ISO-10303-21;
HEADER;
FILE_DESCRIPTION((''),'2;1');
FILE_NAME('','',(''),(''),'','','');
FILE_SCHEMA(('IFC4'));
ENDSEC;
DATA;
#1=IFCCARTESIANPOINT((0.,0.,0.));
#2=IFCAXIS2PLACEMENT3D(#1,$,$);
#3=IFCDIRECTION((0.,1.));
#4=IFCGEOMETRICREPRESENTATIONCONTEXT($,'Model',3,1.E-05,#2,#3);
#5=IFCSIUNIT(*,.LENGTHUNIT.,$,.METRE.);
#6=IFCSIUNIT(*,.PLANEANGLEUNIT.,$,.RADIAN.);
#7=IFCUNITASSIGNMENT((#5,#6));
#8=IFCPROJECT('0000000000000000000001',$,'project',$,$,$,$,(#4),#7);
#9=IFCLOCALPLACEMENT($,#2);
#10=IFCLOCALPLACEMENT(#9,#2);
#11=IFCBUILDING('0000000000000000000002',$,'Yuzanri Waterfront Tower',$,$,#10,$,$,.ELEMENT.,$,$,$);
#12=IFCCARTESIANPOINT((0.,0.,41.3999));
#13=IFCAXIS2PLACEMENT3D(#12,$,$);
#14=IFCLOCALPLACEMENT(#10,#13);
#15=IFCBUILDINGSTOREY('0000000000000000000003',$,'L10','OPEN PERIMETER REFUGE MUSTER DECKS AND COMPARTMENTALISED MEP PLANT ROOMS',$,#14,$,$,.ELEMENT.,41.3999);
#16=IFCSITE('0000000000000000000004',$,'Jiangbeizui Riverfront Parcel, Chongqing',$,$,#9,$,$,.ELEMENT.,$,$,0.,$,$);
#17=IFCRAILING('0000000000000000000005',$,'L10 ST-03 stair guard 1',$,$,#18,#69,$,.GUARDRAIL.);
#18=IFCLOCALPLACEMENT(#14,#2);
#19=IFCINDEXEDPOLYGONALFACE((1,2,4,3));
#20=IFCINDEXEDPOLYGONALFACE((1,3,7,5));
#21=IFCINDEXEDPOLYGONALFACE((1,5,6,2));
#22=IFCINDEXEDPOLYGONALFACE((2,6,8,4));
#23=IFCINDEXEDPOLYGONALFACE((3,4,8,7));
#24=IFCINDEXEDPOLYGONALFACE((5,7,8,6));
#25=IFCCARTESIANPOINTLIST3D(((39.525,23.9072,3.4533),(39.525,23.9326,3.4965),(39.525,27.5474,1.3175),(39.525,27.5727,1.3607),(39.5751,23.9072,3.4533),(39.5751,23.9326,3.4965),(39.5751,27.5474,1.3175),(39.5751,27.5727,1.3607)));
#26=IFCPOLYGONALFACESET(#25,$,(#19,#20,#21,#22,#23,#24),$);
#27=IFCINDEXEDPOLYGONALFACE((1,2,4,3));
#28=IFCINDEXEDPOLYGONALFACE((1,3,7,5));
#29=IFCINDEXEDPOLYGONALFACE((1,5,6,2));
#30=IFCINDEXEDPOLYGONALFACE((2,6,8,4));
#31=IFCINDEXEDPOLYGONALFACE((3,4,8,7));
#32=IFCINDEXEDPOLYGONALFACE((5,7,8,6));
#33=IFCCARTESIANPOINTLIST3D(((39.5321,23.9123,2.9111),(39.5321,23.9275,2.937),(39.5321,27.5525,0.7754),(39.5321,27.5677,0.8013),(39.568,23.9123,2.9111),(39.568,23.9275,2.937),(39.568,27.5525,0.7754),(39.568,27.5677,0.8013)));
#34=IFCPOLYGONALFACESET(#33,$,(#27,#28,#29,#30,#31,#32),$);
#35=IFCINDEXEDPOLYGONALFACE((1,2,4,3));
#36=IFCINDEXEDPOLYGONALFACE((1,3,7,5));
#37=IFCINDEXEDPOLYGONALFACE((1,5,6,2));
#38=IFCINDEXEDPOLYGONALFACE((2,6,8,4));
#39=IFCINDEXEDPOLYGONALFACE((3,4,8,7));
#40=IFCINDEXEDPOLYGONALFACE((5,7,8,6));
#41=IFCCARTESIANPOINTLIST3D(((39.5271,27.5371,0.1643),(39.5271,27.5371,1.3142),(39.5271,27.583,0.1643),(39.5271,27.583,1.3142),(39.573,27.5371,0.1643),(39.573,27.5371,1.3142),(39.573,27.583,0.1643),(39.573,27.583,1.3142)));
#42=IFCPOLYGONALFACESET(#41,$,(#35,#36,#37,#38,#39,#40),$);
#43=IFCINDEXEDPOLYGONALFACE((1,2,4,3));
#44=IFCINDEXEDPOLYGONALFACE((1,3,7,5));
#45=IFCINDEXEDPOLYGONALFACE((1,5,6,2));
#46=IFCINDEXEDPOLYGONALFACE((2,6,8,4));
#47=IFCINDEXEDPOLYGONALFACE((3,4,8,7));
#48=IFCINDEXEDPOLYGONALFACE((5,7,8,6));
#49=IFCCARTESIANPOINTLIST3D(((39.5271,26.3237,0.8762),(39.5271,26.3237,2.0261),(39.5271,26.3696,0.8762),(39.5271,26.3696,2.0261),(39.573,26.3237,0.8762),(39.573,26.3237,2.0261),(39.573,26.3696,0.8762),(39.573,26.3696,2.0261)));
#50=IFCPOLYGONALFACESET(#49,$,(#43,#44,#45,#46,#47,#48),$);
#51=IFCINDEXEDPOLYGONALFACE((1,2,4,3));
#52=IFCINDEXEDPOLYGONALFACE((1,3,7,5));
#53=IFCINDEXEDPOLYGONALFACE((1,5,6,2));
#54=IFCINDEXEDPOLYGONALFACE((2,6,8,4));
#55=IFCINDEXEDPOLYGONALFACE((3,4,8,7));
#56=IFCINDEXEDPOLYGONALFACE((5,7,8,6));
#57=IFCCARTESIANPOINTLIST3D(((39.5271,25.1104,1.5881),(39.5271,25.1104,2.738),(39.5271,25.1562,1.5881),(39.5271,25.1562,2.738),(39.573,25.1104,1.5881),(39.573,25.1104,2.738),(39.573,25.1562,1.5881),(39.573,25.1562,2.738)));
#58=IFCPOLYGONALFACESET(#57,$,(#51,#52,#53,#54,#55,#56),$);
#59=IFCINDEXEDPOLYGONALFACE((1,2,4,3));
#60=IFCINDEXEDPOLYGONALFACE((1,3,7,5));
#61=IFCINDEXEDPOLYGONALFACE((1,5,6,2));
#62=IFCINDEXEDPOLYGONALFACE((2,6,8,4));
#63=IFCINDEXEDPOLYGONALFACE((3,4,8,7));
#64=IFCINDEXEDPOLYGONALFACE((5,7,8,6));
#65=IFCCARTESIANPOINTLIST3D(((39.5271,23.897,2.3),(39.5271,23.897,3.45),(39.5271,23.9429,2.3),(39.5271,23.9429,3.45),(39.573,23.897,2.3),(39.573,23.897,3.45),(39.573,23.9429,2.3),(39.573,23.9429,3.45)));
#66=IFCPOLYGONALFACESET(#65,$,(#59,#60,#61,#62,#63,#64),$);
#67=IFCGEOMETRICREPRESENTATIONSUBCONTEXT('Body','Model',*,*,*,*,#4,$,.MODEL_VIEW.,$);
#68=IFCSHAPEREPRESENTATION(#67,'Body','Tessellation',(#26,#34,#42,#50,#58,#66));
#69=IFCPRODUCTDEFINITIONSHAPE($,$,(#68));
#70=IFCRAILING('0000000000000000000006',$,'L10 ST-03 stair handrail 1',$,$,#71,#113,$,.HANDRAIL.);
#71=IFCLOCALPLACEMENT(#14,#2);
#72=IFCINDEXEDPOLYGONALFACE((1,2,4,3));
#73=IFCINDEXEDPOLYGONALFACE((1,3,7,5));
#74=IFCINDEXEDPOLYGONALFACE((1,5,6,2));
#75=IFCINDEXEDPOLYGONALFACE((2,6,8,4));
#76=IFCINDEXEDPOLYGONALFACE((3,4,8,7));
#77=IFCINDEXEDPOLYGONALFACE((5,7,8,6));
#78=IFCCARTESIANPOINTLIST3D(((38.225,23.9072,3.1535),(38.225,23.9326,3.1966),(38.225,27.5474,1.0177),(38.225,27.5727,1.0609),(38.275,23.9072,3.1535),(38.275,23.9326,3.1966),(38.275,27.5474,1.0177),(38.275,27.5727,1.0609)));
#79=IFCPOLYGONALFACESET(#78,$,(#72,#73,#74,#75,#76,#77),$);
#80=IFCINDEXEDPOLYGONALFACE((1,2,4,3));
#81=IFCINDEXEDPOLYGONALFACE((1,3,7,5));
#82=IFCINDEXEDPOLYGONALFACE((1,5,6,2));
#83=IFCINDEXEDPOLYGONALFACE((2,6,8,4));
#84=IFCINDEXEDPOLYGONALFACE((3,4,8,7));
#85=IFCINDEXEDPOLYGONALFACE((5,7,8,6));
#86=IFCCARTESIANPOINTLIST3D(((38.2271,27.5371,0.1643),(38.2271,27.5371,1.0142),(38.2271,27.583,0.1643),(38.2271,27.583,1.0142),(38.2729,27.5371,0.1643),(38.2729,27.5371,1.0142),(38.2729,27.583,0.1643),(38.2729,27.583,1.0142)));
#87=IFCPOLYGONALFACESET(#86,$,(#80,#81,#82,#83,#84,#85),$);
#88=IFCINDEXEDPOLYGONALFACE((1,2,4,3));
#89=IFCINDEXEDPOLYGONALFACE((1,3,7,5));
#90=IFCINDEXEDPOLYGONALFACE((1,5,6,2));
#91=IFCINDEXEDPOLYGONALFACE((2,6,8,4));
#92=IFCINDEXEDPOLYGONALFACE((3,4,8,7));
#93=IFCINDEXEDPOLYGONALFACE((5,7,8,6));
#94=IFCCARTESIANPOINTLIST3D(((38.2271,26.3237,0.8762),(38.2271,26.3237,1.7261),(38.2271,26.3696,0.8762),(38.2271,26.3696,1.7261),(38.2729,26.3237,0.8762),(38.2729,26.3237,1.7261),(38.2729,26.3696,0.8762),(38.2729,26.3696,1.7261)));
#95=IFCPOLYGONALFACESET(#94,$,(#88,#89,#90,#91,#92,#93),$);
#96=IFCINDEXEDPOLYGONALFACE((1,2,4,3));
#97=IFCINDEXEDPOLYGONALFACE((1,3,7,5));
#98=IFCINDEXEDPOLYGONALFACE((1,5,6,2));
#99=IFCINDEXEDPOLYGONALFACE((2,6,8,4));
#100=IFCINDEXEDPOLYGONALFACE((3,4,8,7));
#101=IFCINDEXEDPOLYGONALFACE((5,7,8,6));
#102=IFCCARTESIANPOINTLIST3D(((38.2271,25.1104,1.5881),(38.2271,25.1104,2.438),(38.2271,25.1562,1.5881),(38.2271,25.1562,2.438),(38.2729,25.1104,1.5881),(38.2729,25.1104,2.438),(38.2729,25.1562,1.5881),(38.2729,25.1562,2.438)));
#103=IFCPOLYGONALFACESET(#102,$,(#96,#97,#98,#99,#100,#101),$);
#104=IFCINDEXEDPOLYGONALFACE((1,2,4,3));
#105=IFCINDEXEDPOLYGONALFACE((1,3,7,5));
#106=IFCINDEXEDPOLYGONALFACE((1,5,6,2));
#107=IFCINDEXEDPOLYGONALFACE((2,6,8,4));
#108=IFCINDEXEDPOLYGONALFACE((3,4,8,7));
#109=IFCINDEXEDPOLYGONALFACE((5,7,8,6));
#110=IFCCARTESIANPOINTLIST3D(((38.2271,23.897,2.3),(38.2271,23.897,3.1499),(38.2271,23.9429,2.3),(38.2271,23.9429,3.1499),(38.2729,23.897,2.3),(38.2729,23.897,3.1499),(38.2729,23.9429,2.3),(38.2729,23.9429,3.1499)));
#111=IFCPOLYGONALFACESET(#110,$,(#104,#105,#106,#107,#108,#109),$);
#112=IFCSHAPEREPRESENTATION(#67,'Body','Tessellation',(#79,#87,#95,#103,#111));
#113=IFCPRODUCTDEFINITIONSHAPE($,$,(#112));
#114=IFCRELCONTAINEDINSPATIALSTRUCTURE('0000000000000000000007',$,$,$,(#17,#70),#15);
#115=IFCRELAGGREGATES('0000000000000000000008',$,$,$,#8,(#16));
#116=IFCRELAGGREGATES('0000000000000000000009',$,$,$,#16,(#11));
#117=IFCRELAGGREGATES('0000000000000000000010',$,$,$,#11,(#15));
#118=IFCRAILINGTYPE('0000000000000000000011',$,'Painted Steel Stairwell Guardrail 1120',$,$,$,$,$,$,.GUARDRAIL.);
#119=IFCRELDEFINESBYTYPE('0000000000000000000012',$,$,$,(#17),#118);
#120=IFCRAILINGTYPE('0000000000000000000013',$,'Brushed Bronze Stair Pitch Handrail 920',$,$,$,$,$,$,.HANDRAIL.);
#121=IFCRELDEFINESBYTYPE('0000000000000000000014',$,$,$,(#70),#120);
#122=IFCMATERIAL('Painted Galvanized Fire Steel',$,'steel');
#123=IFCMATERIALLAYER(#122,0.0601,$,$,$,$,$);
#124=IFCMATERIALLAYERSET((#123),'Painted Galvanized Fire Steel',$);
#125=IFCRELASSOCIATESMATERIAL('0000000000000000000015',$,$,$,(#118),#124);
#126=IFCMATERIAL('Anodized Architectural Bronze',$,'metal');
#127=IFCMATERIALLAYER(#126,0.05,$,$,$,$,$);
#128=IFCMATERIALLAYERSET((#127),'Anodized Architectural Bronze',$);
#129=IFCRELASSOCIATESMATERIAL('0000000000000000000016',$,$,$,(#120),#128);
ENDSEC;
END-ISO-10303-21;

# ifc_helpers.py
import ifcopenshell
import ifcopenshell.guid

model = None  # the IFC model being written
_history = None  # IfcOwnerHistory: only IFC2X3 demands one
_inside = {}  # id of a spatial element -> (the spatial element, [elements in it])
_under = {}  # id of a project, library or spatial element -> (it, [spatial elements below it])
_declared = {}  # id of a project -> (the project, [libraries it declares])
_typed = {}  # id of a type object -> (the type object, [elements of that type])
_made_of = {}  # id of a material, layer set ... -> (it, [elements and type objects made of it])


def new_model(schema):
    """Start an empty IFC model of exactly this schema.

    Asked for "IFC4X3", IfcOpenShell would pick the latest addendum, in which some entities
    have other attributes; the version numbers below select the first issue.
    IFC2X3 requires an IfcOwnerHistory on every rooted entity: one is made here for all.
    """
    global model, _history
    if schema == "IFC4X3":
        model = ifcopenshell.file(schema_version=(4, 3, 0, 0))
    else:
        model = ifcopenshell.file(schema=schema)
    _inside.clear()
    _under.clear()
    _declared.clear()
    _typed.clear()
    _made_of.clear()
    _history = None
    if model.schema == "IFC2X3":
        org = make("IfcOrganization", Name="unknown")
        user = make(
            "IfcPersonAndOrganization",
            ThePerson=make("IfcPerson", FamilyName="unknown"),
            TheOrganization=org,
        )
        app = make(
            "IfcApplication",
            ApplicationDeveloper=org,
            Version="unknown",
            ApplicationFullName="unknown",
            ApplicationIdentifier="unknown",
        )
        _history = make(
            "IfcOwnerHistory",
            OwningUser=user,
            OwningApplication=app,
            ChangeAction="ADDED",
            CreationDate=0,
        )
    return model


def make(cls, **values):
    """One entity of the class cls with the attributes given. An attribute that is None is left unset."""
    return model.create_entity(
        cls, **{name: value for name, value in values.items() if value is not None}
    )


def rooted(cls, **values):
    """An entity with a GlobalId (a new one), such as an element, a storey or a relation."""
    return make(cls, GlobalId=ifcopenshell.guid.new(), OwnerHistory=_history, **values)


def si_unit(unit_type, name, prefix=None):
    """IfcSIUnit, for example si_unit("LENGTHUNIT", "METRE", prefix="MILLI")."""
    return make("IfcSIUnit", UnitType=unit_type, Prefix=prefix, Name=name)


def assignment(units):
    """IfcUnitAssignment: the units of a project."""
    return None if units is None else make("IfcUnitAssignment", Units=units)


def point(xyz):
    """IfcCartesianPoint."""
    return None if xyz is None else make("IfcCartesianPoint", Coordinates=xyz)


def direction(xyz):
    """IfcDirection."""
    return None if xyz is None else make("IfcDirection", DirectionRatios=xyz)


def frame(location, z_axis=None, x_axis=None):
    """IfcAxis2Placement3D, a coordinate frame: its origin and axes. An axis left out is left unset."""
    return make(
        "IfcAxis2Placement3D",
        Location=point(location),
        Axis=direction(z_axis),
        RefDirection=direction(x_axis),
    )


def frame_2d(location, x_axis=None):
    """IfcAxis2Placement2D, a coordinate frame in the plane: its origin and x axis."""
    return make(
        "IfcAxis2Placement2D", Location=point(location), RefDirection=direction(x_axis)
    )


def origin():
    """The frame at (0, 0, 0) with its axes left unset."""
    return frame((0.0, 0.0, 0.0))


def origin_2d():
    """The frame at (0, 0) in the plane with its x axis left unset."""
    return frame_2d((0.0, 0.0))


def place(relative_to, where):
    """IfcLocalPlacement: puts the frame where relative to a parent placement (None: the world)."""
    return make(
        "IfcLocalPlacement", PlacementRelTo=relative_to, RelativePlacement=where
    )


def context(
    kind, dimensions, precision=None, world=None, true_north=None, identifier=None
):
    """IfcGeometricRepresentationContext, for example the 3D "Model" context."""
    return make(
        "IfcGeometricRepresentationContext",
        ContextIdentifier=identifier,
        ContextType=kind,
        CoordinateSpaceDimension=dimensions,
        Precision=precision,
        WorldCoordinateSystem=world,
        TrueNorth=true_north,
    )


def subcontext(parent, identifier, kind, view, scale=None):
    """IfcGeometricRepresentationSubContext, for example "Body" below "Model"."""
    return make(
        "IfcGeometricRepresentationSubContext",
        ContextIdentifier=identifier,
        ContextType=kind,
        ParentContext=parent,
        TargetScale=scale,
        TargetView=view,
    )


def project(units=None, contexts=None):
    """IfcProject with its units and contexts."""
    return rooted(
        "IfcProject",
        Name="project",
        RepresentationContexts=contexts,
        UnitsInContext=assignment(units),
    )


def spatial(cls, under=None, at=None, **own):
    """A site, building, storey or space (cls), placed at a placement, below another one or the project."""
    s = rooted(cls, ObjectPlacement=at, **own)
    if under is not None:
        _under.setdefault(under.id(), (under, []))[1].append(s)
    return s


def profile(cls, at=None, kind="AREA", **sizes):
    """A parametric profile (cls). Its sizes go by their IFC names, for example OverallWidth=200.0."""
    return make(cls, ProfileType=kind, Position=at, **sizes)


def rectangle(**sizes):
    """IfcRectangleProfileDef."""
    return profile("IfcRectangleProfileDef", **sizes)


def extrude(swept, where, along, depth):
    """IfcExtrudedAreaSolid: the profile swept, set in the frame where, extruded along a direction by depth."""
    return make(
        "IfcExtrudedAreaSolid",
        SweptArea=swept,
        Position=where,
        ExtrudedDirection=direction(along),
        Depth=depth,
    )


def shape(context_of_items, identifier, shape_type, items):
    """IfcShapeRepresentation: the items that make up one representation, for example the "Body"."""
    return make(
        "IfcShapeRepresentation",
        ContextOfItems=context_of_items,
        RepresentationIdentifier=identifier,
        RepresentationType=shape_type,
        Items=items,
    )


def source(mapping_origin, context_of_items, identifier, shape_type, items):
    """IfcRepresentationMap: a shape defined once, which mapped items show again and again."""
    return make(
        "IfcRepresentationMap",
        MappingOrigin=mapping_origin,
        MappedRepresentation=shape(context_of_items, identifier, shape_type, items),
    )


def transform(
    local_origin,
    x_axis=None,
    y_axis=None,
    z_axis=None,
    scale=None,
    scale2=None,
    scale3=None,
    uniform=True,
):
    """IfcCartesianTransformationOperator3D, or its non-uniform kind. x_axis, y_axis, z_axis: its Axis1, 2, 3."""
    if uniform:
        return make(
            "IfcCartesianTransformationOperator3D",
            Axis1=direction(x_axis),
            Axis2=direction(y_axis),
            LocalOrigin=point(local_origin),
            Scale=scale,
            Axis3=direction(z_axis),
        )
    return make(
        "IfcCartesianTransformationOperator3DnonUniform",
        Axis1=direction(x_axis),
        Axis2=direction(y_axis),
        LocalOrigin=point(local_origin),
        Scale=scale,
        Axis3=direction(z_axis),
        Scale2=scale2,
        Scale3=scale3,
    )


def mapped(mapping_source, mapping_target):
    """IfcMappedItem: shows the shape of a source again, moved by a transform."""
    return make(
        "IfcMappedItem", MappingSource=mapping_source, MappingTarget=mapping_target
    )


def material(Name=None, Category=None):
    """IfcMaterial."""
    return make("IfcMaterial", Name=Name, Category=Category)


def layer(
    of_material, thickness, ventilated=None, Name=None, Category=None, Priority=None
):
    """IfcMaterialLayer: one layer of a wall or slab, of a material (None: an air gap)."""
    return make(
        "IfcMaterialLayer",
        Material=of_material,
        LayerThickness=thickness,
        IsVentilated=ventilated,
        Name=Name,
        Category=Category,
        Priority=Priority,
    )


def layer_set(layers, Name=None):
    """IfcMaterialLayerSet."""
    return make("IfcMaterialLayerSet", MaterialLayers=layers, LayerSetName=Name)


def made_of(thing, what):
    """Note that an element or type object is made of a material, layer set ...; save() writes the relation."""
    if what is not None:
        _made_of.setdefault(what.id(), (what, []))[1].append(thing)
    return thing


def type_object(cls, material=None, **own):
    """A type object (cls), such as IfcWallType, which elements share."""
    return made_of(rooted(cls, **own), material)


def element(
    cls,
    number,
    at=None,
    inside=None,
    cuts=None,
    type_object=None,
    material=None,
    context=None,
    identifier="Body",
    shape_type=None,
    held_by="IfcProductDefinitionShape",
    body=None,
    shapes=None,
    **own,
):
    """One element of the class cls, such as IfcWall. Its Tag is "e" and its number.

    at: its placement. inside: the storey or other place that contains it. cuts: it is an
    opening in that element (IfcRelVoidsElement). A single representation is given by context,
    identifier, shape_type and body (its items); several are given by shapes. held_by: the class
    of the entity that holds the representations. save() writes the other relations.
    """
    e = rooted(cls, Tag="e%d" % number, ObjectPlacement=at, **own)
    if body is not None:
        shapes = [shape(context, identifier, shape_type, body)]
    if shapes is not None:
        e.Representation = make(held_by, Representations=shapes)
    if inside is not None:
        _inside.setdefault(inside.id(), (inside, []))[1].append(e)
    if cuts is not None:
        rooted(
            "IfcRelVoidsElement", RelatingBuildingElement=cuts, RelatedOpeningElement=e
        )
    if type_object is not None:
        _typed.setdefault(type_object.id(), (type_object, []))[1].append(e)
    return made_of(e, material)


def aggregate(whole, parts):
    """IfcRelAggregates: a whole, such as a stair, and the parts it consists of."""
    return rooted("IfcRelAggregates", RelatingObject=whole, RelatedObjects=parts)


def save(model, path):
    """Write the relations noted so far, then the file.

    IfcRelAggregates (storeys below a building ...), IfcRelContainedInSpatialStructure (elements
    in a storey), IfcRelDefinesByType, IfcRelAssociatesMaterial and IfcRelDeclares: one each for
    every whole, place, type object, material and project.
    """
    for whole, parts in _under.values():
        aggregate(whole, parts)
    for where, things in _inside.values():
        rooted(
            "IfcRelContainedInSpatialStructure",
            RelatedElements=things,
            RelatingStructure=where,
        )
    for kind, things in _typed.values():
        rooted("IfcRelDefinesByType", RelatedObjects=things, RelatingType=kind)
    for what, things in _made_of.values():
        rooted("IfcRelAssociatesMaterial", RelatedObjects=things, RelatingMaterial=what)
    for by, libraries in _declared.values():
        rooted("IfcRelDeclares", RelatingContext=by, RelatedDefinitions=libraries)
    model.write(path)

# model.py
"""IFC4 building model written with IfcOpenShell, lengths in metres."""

from ifc_helpers import new_model, si_unit, direction, frame, origin, origin_2d, place, context, subcontext, project, spatial, rectangle, extrude, source, transform, mapped, material, layer, layer_set, type_object, element, save


model = new_model("IFC4")

# Units and contexts
model_context = context("Model", 3, precision=1e-05, world=origin(), true_north=direction((0.0, 1.0)))
body_context = subcontext(model_context, "Body", "Model", "MODEL_VIEW")
ifc_project = project(units=[si_unit("LENGTHUNIT", "METRE"), si_unit("PLANEANGLEUNIT", "RADIAN")], contexts=[model_context])

# Site, building, storey
site_placement = place(None, origin())
site = spatial("IfcSite", under=ifc_project, at=site_placement, Name="Jiangbeizui Riverfront Parcel, Chongqing", CompositionType="ELEMENT", RefElevation=0.0)
building_placement = place(site_placement, origin())
building = spatial("IfcBuilding", under=site, at=building_placement, Name="Yuzanri Waterfront Tower", CompositionType="ELEMENT")
storey_placement = place(building_placement, frame((0.0, 0.0, 41.3999)))
storey = spatial("IfcBuildingStorey", under=building, at=storey_placement, Name="L10", Description="OPEN PERIMETER REFUGE MUSTER DECKS AND COMPARTMENTALISED MEP PLANT ROOMS", CompositionType="ELEMENT", Elevation=41.3999)

# Railings
ifc_material_1 = material(Name="Painted Galvanized Fire Steel", Category="steel")
ifc_layer_1 = layer(ifc_material_1, 0.0601)
ifc_layer_set_1 = layer_set([ifc_layer_1], Name="Painted Galvanized Fire Steel")
railing_type_1 = type_object("IfcRailingType", Name="Painted Steel Stairwell Guardrail 1120", PredefinedType="GUARDRAIL", material=ifc_layer_set_1)
ifc_material_2 = material(Name="Anodized Architectural Bronze", Category="metal")
ifc_layer_2 = layer(ifc_material_2, 0.05)
ifc_layer_set_2 = layer_set([ifc_layer_2], Name="Anodized Architectural Bronze")
railing_type_2 = type_object("IfcRailingType", Name="Brushed Bronze Stair Pitch Handrail 920", PredefinedType="HANDRAIL", material=ifc_layer_set_2)
shared_shape_1 = source(origin(), body_context, "Body", "SweptSolid", [
    extrude(rectangle(XDim=0.05, YDim=0.05, at=origin_2d()), frame((0.0, 0.0, 1.1748), z_axis=(0.0, -0.862505, 0.506049), x_axis=(1.0, 0.0, 0.0)), (0.0, 0.0, 1.0), 4.2205),
    extrude(rectangle(XDim=0.0359, YDim=0.03, at=origin_2d()), frame((0.0, 0.0, 0.624), z_axis=(0.0, -0.862505, 0.506049), x_axis=(1.0, 0.0, 0.0)), (0.0, 0.0, 1.0), 4.2205),
    extrude(rectangle(XDim=0.0459, YDim=0.0459, at=origin_2d()), origin(), (0.0, 0.0, 1.0), 1.1499),
    extrude(rectangle(XDim=0.0459, YDim=0.0459, at=origin_2d()), frame((0.0, -1.2134, 0.7119)), (0.0, 0.0, 1.0), 1.1499),
    extrude(rectangle(XDim=0.0459, YDim=0.0459, at=origin_2d()), frame((0.0, -2.4268, 1.4238)), (0.0, 0.0, 1.0), 1.1499),
    extrude(rectangle(XDim=0.0459, YDim=0.0459, at=origin_2d()), frame((0.0, -3.6401, 2.1357)), (0.0, 0.0, 1.0), 1.1499),
])
railing_1_placement = place(storey_placement, frame((39.55, 27.5601, 0.1643)))
element("IfcRailing", 1, at=railing_1_placement, inside=storey, type_object=railing_type_1, Name="L10 ST-03 stair guard 1", PredefinedType="GUARDRAIL", context=body_context, shape_type="MappedRepresentation", body=[
    mapped(shared_shape_1, transform((0.0, 0.0, 0.0), scale=1.0)),
])
shared_shape_2 = source(origin(), body_context, "Body", "SweptSolid", [
    extrude(rectangle(XDim=0.05, YDim=0.05, at=origin_2d()), frame((0.0, 0.0, 0.875), z_axis=(0.0, -0.862505, 0.506049), x_axis=(1.0, 0.0, 0.0)), (0.0, 0.0, 1.0), 4.2205),
    extrude(rectangle(XDim=0.0459, YDim=0.0459, at=origin_2d()), origin(), (0.0, 0.0, 1.0), 0.8499),
    extrude(rectangle(XDim=0.0459, YDim=0.0459, at=origin_2d()), frame((0.0, -1.2134, 0.7119)), (0.0, 0.0, 1.0), 0.8499),
    extrude(rectangle(XDim=0.0459, YDim=0.0459, at=origin_2d()), frame((0.0, -2.4268, 1.4238)), (0.0, 0.0, 1.0), 0.8499),
    extrude(rectangle(XDim=0.0459, YDim=0.0459, at=origin_2d()), frame((0.0, -3.6401, 2.1357)), (0.0, 0.0, 1.0), 0.8499),
])
railing_2_placement = place(storey_placement, frame((38.25, 27.5601, 0.1643)))
element("IfcRailing", 2, at=railing_2_placement, inside=storey, type_object=railing_type_2, Name="L10 ST-03 stair handrail 1", PredefinedType="HANDRAIL", context=body_context, shape_type="MappedRepresentation", body=[
    mapped(shared_shape_2, transform((0.0, 0.0, 0.0), scale=1.0)),
])

save(model, "model.ifc")
